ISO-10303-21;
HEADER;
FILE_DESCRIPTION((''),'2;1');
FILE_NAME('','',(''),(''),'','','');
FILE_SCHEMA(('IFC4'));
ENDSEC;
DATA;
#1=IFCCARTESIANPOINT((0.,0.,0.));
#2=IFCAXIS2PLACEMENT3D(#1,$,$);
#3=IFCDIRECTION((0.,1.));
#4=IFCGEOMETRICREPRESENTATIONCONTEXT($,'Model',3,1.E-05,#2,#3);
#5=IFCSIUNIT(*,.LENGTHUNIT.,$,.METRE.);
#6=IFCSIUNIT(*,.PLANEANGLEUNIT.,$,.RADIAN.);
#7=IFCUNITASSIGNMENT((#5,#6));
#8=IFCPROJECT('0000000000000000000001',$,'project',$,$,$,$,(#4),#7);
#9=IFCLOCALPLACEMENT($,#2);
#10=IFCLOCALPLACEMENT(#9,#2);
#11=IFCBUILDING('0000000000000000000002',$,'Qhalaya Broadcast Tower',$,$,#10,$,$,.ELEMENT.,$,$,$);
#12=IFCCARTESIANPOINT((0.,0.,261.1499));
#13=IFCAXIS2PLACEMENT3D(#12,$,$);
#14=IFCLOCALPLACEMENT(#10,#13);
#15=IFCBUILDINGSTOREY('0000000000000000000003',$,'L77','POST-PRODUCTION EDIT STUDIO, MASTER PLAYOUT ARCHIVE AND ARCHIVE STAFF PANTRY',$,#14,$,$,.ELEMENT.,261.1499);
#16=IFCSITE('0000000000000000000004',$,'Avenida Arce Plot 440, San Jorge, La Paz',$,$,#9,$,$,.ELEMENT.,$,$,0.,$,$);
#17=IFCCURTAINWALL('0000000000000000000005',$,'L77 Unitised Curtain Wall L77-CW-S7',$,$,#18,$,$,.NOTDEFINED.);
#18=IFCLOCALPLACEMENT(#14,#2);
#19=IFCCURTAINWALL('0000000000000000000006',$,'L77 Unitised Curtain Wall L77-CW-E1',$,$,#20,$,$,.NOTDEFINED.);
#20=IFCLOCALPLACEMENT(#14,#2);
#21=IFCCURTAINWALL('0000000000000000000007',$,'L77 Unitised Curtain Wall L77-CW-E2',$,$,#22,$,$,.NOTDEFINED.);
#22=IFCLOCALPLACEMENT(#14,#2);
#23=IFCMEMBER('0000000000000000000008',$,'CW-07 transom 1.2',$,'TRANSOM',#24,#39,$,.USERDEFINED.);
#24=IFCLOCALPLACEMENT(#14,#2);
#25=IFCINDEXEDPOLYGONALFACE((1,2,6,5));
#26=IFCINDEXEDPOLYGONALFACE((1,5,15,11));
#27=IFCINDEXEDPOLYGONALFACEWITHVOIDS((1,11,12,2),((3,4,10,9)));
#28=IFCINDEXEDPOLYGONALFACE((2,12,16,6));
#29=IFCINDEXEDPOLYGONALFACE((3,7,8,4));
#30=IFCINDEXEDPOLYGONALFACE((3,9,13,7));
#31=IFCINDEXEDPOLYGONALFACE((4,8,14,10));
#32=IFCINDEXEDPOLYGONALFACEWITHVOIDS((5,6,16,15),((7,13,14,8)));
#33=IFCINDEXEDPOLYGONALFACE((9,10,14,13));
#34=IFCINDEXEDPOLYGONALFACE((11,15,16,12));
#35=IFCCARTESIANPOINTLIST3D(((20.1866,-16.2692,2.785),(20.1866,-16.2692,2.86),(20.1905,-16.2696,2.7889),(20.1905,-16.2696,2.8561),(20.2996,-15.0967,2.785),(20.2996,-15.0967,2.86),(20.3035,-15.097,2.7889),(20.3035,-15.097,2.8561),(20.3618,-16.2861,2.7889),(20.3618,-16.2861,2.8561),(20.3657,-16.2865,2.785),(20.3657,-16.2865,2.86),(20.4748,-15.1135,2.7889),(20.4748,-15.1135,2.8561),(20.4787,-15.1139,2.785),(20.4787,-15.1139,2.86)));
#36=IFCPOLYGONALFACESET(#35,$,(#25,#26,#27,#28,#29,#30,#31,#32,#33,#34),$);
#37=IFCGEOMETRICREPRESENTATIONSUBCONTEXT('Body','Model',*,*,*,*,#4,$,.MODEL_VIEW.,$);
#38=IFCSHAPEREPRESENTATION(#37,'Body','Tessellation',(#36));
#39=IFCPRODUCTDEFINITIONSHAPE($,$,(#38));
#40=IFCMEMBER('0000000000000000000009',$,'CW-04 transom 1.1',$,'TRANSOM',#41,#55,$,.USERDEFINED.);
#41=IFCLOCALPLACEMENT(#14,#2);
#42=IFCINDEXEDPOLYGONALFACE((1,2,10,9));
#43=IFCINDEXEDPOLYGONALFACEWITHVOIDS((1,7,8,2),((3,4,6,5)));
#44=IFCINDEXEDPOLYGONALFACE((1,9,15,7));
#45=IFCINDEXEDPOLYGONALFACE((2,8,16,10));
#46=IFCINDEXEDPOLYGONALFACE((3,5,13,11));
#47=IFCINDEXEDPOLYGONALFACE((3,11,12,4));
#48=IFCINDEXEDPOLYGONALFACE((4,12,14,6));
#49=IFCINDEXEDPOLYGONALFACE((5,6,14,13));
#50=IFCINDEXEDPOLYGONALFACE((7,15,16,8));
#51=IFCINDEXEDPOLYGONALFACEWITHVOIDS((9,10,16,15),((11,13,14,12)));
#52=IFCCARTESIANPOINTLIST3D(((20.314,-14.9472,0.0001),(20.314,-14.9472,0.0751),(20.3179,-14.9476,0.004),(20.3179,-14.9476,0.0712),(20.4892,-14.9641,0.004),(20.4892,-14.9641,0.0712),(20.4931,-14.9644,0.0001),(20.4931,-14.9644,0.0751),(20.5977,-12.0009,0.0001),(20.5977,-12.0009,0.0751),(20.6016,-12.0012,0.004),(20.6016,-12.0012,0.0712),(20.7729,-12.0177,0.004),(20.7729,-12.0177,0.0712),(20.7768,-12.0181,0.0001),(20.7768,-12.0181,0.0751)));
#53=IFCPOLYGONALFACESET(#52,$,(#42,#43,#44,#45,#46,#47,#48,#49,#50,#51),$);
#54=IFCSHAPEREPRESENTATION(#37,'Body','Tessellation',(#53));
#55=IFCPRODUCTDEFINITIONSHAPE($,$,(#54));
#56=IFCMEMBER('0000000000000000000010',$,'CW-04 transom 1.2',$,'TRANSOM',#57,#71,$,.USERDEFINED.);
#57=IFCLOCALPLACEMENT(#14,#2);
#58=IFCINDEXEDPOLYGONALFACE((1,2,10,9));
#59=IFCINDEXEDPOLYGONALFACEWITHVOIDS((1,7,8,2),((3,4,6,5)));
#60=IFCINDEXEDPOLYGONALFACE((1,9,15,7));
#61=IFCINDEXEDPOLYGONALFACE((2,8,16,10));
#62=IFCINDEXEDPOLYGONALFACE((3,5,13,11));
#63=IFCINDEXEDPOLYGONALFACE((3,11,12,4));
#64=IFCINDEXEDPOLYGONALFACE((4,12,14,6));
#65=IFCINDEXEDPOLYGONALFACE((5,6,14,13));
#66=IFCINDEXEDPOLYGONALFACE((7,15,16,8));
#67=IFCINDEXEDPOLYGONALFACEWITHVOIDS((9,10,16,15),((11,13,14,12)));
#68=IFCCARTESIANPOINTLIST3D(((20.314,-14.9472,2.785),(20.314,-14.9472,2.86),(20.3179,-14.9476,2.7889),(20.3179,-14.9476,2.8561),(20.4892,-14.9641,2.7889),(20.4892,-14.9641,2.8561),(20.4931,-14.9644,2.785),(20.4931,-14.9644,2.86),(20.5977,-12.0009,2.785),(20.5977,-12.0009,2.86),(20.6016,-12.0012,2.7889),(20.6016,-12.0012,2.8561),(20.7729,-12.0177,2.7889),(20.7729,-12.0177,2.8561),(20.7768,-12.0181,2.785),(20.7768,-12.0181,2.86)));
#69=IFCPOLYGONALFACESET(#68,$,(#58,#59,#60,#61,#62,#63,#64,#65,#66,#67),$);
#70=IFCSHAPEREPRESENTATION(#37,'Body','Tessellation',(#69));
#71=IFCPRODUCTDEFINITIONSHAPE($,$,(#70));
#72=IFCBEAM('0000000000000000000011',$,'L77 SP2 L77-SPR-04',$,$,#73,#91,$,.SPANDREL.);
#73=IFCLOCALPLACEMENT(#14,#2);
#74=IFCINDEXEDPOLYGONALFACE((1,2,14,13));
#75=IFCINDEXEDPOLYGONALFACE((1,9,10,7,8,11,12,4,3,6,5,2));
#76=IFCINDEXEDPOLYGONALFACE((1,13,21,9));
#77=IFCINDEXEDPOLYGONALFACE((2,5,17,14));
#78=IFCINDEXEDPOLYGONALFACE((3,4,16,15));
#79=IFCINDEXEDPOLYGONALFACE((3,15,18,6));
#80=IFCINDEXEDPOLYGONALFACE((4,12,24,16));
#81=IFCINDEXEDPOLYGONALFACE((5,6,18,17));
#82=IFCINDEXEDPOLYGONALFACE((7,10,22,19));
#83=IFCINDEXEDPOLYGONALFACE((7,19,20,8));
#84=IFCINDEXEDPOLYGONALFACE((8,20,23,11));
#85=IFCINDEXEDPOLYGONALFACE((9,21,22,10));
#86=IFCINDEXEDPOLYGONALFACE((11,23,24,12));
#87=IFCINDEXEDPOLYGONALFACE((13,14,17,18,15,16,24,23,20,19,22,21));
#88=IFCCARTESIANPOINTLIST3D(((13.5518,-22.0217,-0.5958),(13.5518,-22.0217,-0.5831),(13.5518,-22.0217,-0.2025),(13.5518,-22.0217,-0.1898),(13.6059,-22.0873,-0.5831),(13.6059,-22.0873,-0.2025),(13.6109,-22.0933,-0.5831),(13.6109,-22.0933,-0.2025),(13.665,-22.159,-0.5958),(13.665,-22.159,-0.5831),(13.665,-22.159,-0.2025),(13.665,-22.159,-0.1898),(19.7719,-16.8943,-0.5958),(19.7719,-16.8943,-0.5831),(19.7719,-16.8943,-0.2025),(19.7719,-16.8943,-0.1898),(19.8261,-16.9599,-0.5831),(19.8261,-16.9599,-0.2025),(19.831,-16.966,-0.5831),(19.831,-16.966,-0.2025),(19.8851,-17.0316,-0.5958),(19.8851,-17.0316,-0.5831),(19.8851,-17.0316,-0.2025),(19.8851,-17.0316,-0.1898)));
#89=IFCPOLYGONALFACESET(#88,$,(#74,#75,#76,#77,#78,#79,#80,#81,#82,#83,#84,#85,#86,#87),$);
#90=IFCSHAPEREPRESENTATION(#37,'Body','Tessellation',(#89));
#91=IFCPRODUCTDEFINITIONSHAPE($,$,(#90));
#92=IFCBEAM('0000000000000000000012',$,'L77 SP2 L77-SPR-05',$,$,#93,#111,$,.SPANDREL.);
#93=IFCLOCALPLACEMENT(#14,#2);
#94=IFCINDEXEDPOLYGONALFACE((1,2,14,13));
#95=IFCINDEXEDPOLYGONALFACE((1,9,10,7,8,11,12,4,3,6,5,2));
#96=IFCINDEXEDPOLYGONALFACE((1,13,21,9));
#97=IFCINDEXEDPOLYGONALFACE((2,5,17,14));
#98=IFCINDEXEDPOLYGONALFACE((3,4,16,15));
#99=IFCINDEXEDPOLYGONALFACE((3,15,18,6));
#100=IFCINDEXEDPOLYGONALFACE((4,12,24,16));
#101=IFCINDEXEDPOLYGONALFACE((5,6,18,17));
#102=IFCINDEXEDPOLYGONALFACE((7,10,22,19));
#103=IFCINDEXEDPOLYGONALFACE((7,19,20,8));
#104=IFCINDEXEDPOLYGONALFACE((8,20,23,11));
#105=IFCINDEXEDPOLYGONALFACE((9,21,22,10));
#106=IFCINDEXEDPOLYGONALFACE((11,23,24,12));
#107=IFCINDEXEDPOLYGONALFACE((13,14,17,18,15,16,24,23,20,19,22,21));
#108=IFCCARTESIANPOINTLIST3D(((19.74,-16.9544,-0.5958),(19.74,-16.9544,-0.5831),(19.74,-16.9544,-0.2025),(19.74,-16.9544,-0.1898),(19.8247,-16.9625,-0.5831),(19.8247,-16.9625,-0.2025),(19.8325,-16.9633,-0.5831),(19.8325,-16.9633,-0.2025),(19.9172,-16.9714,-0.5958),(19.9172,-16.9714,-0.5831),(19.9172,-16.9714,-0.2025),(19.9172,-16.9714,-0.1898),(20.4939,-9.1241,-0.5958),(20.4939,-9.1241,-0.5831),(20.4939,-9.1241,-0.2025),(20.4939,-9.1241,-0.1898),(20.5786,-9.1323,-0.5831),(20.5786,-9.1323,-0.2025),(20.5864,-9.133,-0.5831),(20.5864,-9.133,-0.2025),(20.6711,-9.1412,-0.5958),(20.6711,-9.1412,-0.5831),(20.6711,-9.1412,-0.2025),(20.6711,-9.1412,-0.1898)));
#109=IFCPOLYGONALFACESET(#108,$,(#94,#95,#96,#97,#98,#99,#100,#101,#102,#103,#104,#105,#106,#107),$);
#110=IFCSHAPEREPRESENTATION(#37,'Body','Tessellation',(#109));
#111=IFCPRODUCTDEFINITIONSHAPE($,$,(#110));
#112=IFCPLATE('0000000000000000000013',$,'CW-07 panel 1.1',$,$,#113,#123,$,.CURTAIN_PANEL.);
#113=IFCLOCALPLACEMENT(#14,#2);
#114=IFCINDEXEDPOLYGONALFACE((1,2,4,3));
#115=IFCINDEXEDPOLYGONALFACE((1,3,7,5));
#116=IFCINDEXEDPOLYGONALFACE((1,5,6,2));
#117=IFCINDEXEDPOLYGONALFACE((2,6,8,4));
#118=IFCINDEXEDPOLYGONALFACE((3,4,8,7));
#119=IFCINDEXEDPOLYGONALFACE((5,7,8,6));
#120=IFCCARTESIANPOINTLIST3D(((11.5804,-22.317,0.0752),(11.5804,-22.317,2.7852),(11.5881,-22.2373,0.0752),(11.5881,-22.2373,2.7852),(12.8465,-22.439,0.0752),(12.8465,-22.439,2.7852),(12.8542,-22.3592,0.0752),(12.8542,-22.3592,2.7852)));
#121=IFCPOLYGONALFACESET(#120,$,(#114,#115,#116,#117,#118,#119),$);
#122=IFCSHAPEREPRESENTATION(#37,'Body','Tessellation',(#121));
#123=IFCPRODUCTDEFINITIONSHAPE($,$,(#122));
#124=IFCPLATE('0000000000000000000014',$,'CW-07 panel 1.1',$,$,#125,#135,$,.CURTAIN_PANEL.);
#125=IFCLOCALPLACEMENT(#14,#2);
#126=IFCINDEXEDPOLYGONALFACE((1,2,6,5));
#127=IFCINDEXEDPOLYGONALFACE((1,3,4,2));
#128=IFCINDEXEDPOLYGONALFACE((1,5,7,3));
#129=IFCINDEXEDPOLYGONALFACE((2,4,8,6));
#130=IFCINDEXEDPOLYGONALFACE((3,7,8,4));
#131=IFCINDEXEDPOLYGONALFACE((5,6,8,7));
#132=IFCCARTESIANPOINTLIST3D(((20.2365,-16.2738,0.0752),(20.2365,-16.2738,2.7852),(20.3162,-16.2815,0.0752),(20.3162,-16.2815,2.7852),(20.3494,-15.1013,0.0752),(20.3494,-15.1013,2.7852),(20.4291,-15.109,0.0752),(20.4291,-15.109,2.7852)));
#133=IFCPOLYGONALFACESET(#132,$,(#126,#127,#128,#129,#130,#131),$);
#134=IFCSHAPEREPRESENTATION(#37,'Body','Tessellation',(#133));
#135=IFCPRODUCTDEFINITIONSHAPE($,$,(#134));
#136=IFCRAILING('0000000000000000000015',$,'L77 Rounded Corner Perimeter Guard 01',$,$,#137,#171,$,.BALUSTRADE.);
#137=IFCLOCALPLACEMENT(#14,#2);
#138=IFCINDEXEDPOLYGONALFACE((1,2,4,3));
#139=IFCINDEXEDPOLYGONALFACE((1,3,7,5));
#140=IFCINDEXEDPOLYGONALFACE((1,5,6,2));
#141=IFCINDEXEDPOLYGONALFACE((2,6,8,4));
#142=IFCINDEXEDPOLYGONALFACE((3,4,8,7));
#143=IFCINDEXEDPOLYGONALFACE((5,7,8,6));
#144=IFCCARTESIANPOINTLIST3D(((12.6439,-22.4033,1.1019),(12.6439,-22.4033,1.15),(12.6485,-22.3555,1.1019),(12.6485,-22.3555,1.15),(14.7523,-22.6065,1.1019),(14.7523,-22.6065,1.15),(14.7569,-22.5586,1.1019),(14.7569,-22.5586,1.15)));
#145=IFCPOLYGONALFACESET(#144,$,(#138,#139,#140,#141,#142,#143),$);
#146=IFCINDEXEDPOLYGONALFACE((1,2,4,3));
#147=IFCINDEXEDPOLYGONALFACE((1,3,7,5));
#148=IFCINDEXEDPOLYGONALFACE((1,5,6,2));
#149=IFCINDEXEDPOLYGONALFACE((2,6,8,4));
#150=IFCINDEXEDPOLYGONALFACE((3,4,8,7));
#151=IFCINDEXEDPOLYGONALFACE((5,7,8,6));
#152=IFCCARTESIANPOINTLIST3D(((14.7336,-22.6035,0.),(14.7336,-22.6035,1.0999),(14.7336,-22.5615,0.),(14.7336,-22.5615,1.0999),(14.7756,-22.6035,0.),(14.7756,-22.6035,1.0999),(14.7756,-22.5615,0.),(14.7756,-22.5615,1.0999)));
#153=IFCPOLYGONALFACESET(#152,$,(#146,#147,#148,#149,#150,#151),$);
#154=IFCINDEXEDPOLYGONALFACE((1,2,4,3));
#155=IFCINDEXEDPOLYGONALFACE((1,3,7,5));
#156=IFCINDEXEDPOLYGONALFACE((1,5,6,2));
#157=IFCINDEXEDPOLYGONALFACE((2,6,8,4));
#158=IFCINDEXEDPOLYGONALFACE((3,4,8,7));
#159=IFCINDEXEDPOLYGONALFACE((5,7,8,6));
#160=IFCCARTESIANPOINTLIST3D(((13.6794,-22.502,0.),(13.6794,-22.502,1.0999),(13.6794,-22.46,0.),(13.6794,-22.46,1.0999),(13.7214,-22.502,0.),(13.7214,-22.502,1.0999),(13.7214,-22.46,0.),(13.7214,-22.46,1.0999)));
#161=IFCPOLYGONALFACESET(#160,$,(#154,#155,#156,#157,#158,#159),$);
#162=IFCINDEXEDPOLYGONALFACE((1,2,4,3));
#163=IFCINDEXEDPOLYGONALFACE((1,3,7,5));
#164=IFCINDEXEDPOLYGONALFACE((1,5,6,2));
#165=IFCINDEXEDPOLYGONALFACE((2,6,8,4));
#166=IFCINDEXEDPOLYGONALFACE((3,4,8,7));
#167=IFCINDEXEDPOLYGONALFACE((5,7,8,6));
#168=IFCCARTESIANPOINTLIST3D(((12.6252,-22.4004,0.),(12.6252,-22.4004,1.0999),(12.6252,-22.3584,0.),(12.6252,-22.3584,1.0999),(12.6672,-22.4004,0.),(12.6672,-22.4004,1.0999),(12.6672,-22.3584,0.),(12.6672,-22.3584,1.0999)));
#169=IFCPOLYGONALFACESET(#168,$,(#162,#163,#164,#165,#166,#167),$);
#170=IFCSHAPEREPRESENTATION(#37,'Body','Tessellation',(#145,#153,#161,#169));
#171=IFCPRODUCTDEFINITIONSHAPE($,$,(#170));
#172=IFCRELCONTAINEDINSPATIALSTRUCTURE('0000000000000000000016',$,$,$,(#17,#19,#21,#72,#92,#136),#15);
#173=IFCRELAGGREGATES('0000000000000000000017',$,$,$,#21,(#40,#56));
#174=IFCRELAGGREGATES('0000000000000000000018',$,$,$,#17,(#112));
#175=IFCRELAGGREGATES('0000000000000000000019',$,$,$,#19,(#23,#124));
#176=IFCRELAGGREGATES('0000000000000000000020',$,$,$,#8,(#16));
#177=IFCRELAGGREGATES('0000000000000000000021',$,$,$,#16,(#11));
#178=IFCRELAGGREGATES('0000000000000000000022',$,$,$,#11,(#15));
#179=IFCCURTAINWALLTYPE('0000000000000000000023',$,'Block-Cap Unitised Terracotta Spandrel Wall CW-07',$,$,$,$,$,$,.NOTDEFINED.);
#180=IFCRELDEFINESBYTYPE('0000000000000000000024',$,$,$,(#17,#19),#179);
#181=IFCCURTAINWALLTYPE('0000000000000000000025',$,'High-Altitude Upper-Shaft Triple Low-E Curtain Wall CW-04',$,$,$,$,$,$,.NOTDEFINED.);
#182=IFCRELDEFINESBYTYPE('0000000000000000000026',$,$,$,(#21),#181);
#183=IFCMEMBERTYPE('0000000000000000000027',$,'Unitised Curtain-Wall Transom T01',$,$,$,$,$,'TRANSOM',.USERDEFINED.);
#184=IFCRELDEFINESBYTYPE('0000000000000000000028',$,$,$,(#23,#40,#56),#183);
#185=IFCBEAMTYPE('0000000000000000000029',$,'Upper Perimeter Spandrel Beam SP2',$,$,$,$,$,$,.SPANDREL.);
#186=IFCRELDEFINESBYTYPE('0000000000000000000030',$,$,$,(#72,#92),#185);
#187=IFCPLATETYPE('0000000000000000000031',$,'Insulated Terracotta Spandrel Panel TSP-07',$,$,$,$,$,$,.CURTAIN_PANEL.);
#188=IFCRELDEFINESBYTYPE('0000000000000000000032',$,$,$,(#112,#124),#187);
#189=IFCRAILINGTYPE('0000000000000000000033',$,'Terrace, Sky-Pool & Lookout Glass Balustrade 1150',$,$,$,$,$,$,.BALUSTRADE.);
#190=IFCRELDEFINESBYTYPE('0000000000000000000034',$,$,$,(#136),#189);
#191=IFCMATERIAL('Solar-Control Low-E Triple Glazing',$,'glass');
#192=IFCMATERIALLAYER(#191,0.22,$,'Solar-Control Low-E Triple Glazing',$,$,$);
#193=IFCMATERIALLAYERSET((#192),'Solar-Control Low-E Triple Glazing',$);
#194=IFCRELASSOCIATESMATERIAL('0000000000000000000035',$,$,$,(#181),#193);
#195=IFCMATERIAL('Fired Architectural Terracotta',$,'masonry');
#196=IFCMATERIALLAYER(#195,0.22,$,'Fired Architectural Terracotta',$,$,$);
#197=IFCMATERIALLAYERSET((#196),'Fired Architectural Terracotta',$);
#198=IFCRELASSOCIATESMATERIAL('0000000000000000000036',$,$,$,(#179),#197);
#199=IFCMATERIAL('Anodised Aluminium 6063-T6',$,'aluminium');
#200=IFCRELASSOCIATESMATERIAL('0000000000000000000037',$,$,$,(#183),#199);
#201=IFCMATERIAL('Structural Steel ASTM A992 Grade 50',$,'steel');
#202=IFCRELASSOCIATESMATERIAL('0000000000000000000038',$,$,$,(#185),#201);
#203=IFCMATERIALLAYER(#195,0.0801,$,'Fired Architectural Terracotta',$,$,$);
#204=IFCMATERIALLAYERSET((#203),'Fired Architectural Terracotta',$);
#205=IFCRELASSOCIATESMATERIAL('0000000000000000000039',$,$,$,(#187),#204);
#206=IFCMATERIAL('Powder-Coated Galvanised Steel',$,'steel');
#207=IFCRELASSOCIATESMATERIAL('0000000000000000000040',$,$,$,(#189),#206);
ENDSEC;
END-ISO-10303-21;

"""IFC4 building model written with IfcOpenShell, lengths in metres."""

from ifc_helpers import new_model, si_unit, direction, frame, origin, origin_2d, place, context, subcontext, project, spatial, rectangle, hollow_rectangle, i_section, extrude, material, layer, layer_set, material_profile, profile_set, type_object, element, aggregate, save


model = new_model("IFC4")

# Units and contexts
model_context = context("Model", 3, precision=1e-05, world=origin(), true_north=direction((0.0, 1.0)))
body_context = subcontext(model_context, "Body", "Model", "MODEL_VIEW")
ifc_project = project(units=[si_unit("LENGTHUNIT", "METRE"), si_unit("PLANEANGLEUNIT", "RADIAN")], contexts=[model_context])

# Site, building, storey
site_placement = place(None, origin())
site = spatial("IfcSite", under=ifc_project, at=site_placement, Name="Avenida Arce Plot 440, San Jorge, La Paz", CompositionType="ELEMENT", RefElevation=0.0)
building_placement = place(site_placement, origin())
building = spatial("IfcBuilding", under=site, at=building_placement, Name="Qhalaya Broadcast Tower", CompositionType="ELEMENT")
storey_placement = place(building_placement, frame((0.0, 0.0, 261.1499)))
storey = spatial("IfcBuildingStorey", under=building, at=storey_placement, Name="L77", Description="POST-PRODUCTION EDIT STUDIO, MASTER PLAYOUT ARCHIVE AND ARCHIVE STAFF PANTRY", CompositionType="ELEMENT", Elevation=261.1499)

# Shared definitions
ifc_material_1 = material(Name="Solar-Control Low-E Triple Glazing", Category="glass")
ifc_layer_1 = layer(ifc_material_1, 0.22, Name="Solar-Control Low-E Triple Glazing")
ifc_layer_set_1 = layer_set([ifc_layer_1], Name="Solar-Control Low-E Triple Glazing")
curtain_wall_type_1 = type_object("IfcCurtainWallType", Name="High-Altitude Upper-Shaft Triple Low-E Curtain Wall CW-04", PredefinedType="NOTDEFINED", material=ifc_layer_set_1)
ifc_material_2 = material(Name="Anodised Aluminium 6063-T6", Category="aluminium")

# Curtain walls
ifc_material_3 = material(Name="Fired Architectural Terracotta", Category="masonry")
ifc_layer_2 = layer(ifc_material_3, 0.22, Name="Fired Architectural Terracotta")
ifc_layer_set_2 = layer_set([ifc_layer_2], Name="Fired Architectural Terracotta")
curtain_wall_type_2 = type_object("IfcCurtainWallType", Name="Block-Cap Unitised Terracotta Spandrel Wall CW-07", PredefinedType="NOTDEFINED", material=ifc_layer_set_2)
curtain_wall_1_placement = place(storey_placement, origin())
curtain_wall_1 = element("IfcCurtainWall", 1, at=curtain_wall_1_placement, inside=storey, type_object=curtain_wall_type_2, Name="L77 Unitised Curtain Wall L77-CW-S7", PredefinedType="NOTDEFINED")
curtain_wall_2_placement = place(storey_placement, origin())
curtain_wall_2 = element("IfcCurtainWall", 2, at=curtain_wall_2_placement, inside=storey, type_object=curtain_wall_type_2, Name="L77 Unitised Curtain Wall L77-CW-E1", PredefinedType="NOTDEFINED")

# Curtain wall
curtain_wall_3_placement = place(storey_placement, origin())
curtain_wall_3 = element("IfcCurtainWall", 3, at=curtain_wall_3_placement, inside=storey, type_object=curtain_wall_type_1, Name="L77 Unitised Curtain Wall L77-CW-E2", PredefinedType="NOTDEFINED")

# Members
ifc_material_profile_1 = material_profile(ifc_material_2, hollow_rectangle(XDim=0.075, YDim=0.1799, WallThickness=0.0039, at=origin_2d()), Name="ALU-TRN 75x180x4")
ifc_profile_set_1 = profile_set([ifc_material_profile_1], Name="Anodised Aluminium 6063-T6")
member_type_1 = type_object("IfcMemberType", Name="Unitised Curtain-Wall Transom T01", ElementType="TRANSOM", PredefinedType="USERDEFINED", material=ifc_profile_set_1)
member_1_placement = place(storey_placement, frame((20.2761, -16.2778, 2.8225), z_axis=(0.095953, 0.995386, 0.0), x_axis=(0.0, 0.0, 1.0)))
member_1 = element("IfcMember", 4, at=member_1_placement, type_object=member_type_1, Name="CW-07 transom 1.2", ObjectType="TRANSOM", PredefinedType="USERDEFINED", context=body_context, shape_type="SweptSolid", body=[
    extrude(hollow_rectangle(XDim=0.075, YDim=0.1799, WallThickness=0.0039, at=origin_2d()), origin(), (0.0, 0.0, 1.0), 1.178),
])
member_2_placement = place(storey_placement, frame((20.4036, -14.9558, 0.0376), z_axis=(0.095844, 0.995396, 0.0), x_axis=(0.0, 0.0, 1.0)))
member_2 = element("IfcMember", 5, at=member_2_placement, type_object=member_type_1, Name="CW-04 transom 1.1", ObjectType="TRANSOM", PredefinedType="USERDEFINED", context=body_context, shape_type="SweptSolid", body=[
    extrude(hollow_rectangle(XDim=0.075, YDim=0.1799, WallThickness=0.0039, at=origin_2d()), origin(), (0.0, 0.0, 1.0), 2.96),
])
member_3_placement = place(storey_placement, frame((20.4036, -14.9558, 2.8225), z_axis=(0.095844, 0.995396, 0.0), x_axis=(0.0, 0.0, 1.0)))
member_3 = element("IfcMember", 6, at=member_3_placement, type_object=member_type_1, Name="CW-04 transom 1.2", ObjectType="TRANSOM", PredefinedType="USERDEFINED", context=body_context, shape_type="SweptSolid", body=[
    extrude(hollow_rectangle(XDim=0.075, YDim=0.1799, WallThickness=0.0039, at=origin_2d()), origin(), (0.0, 0.0, 1.0), 2.96),
])
aggregate(curtain_wall_3, [member_2, member_3])

# Beams
ifc_material_4 = material(Name="Structural Steel ASTM A992 Grade 50", Category="steel")
ifc_material_profile_2 = material_profile(ifc_material_4, i_section(OverallWidth=0.178, OverallDepth=0.406, WebThickness=0.0078, FlangeThickness=0.0127, at=origin_2d()), Name="W16X40")
ifc_profile_set_2 = profile_set([ifc_material_profile_2], Name="Structural Steel ASTM A992 Grade 50")
beam_type = type_object("IfcBeamType", Name="Upper Perimeter Spandrel Beam SP2", PredefinedType="SPANDREL", material=ifc_profile_set_2)
beam_1_placement = place(storey_placement, frame((13.6084, -22.0903, -0.3928), z_axis=(0.771631, 0.63607, 0.0), x_axis=(-0.63607, 0.771631, 0.0)))
element("IfcBeam", 7, at=beam_1_placement, inside=storey, type_object=beam_type, Name="L77 SP2 L77-SPR-04", PredefinedType="SPANDREL", context=body_context, shape_type="SweptSolid", body=[
    extrude(i_section(OverallWidth=0.178, OverallDepth=0.406, WebThickness=0.0078, FlangeThickness=0.0127, at=origin_2d()), origin(), (0.0, 0.0, 1.0), 8.061),
])
beam_2_placement = place(storey_placement, frame((19.8286, -16.9629, -0.3928), z_axis=(0.095837, 0.995397, 0.0), x_axis=(-0.995397, 0.095837, 0.0)))
element("IfcBeam", 8, at=beam_2_placement, inside=storey, type_object=beam_type, Name="L77 SP2 L77-SPR-05", PredefinedType="SPANDREL", context=body_context, shape_type="SweptSolid", body=[
    extrude(i_section(OverallWidth=0.178, OverallDepth=0.406, WebThickness=0.0078, FlangeThickness=0.0127, at=origin_2d()), origin(), (0.0, 0.0, 1.0), 7.8665),
])

# Plates
ifc_layer_3 = layer(ifc_material_3, 0.0801, Name="Fired Architectural Terracotta")
ifc_layer_set_3 = layer_set([ifc_layer_3], Name="Fired Architectural Terracotta")
plate_type = type_object("IfcPlateType", Name="Insulated Terracotta Spandrel Panel TSP-07", PredefinedType="CURTAIN_PANEL", material=ifc_layer_set_3)
plate_1_placement = place(storey_placement, frame((12.2173, -22.3381, 0.0752), z_axis=(0.0, 0.0, 1.0), x_axis=(0.995395, -0.095854, 0.0)))
plate_1 = element("IfcPlate", 9, at=plate_1_placement, type_object=plate_type, Name="CW-07 panel 1.1", PredefinedType="CURTAIN_PANEL", context=body_context, shape_type="SweptSolid", body=[
    extrude(rectangle(XDim=1.272, YDim=0.0801, at=origin_2d()), origin(), (0.0, 0.0, 1.0), 2.71),
])
aggregate(curtain_wall_1, [plate_1])
plate_2_placement = place(storey_placement, frame((20.3328, -15.6914, 0.0752), z_axis=(0.0, 0.0, 1.0), x_axis=(0.095857, 0.995395, 0.0)))
plate_2 = element("IfcPlate", 10, at=plate_2_placement, type_object=plate_type, Name="CW-07 panel 1.1", PredefinedType="CURTAIN_PANEL", context=body_context, shape_type="SweptSolid", body=[
    extrude(rectangle(XDim=1.178, YDim=0.0801, at=origin_2d()), origin(), (0.0, 0.0, 1.0), 2.71),
])
aggregate(curtain_wall_2, [member_1, plate_2])

# Railing
ifc_material_5 = material(Name="Powder-Coated Galvanised Steel", Category="steel")
railing_type = type_object("IfcRailingType", Name="Terrace, Sky-Pool & Lookout Glass Balustrade 1150", PredefinedType="BALUSTRADE", material=ifc_material_5)
railing_1_placement = place(storey_placement, frame((14.7546, -22.5825, 0.0)))
element("IfcRailing", 11, at=railing_1_placement, inside=storey, type_object=railing_type, Name="L77 Rounded Corner Perimeter Guard 01", PredefinedType="BALUSTRADE", context=body_context, shape_type="SweptSolid", body=[
    extrude(rectangle(XDim=0.0481, YDim=0.0481, at=origin_2d()), frame((0.0, 0.0, 1.126), z_axis=(-0.995391, 0.095897, 0.0), x_axis=(-0.095897, -0.995391, 0.0)), (0.0, 0.0, 1.0), 2.1182),
    extrude(rectangle(XDim=0.042, YDim=0.042, at=origin_2d()), origin(), (0.0, 0.0, 1.0), 1.0999),
    extrude(rectangle(XDim=0.042, YDim=0.042, at=origin_2d()), frame((-1.0542, 0.1016, 0.0)), (0.0, 0.0, 1.0), 1.0999),
    extrude(rectangle(XDim=0.042, YDim=0.042, at=origin_2d()), frame((-2.1084, 0.2031, 0.0)), (0.0, 0.0, 1.0), 1.0999),
])

save(model, "model.ifc")
